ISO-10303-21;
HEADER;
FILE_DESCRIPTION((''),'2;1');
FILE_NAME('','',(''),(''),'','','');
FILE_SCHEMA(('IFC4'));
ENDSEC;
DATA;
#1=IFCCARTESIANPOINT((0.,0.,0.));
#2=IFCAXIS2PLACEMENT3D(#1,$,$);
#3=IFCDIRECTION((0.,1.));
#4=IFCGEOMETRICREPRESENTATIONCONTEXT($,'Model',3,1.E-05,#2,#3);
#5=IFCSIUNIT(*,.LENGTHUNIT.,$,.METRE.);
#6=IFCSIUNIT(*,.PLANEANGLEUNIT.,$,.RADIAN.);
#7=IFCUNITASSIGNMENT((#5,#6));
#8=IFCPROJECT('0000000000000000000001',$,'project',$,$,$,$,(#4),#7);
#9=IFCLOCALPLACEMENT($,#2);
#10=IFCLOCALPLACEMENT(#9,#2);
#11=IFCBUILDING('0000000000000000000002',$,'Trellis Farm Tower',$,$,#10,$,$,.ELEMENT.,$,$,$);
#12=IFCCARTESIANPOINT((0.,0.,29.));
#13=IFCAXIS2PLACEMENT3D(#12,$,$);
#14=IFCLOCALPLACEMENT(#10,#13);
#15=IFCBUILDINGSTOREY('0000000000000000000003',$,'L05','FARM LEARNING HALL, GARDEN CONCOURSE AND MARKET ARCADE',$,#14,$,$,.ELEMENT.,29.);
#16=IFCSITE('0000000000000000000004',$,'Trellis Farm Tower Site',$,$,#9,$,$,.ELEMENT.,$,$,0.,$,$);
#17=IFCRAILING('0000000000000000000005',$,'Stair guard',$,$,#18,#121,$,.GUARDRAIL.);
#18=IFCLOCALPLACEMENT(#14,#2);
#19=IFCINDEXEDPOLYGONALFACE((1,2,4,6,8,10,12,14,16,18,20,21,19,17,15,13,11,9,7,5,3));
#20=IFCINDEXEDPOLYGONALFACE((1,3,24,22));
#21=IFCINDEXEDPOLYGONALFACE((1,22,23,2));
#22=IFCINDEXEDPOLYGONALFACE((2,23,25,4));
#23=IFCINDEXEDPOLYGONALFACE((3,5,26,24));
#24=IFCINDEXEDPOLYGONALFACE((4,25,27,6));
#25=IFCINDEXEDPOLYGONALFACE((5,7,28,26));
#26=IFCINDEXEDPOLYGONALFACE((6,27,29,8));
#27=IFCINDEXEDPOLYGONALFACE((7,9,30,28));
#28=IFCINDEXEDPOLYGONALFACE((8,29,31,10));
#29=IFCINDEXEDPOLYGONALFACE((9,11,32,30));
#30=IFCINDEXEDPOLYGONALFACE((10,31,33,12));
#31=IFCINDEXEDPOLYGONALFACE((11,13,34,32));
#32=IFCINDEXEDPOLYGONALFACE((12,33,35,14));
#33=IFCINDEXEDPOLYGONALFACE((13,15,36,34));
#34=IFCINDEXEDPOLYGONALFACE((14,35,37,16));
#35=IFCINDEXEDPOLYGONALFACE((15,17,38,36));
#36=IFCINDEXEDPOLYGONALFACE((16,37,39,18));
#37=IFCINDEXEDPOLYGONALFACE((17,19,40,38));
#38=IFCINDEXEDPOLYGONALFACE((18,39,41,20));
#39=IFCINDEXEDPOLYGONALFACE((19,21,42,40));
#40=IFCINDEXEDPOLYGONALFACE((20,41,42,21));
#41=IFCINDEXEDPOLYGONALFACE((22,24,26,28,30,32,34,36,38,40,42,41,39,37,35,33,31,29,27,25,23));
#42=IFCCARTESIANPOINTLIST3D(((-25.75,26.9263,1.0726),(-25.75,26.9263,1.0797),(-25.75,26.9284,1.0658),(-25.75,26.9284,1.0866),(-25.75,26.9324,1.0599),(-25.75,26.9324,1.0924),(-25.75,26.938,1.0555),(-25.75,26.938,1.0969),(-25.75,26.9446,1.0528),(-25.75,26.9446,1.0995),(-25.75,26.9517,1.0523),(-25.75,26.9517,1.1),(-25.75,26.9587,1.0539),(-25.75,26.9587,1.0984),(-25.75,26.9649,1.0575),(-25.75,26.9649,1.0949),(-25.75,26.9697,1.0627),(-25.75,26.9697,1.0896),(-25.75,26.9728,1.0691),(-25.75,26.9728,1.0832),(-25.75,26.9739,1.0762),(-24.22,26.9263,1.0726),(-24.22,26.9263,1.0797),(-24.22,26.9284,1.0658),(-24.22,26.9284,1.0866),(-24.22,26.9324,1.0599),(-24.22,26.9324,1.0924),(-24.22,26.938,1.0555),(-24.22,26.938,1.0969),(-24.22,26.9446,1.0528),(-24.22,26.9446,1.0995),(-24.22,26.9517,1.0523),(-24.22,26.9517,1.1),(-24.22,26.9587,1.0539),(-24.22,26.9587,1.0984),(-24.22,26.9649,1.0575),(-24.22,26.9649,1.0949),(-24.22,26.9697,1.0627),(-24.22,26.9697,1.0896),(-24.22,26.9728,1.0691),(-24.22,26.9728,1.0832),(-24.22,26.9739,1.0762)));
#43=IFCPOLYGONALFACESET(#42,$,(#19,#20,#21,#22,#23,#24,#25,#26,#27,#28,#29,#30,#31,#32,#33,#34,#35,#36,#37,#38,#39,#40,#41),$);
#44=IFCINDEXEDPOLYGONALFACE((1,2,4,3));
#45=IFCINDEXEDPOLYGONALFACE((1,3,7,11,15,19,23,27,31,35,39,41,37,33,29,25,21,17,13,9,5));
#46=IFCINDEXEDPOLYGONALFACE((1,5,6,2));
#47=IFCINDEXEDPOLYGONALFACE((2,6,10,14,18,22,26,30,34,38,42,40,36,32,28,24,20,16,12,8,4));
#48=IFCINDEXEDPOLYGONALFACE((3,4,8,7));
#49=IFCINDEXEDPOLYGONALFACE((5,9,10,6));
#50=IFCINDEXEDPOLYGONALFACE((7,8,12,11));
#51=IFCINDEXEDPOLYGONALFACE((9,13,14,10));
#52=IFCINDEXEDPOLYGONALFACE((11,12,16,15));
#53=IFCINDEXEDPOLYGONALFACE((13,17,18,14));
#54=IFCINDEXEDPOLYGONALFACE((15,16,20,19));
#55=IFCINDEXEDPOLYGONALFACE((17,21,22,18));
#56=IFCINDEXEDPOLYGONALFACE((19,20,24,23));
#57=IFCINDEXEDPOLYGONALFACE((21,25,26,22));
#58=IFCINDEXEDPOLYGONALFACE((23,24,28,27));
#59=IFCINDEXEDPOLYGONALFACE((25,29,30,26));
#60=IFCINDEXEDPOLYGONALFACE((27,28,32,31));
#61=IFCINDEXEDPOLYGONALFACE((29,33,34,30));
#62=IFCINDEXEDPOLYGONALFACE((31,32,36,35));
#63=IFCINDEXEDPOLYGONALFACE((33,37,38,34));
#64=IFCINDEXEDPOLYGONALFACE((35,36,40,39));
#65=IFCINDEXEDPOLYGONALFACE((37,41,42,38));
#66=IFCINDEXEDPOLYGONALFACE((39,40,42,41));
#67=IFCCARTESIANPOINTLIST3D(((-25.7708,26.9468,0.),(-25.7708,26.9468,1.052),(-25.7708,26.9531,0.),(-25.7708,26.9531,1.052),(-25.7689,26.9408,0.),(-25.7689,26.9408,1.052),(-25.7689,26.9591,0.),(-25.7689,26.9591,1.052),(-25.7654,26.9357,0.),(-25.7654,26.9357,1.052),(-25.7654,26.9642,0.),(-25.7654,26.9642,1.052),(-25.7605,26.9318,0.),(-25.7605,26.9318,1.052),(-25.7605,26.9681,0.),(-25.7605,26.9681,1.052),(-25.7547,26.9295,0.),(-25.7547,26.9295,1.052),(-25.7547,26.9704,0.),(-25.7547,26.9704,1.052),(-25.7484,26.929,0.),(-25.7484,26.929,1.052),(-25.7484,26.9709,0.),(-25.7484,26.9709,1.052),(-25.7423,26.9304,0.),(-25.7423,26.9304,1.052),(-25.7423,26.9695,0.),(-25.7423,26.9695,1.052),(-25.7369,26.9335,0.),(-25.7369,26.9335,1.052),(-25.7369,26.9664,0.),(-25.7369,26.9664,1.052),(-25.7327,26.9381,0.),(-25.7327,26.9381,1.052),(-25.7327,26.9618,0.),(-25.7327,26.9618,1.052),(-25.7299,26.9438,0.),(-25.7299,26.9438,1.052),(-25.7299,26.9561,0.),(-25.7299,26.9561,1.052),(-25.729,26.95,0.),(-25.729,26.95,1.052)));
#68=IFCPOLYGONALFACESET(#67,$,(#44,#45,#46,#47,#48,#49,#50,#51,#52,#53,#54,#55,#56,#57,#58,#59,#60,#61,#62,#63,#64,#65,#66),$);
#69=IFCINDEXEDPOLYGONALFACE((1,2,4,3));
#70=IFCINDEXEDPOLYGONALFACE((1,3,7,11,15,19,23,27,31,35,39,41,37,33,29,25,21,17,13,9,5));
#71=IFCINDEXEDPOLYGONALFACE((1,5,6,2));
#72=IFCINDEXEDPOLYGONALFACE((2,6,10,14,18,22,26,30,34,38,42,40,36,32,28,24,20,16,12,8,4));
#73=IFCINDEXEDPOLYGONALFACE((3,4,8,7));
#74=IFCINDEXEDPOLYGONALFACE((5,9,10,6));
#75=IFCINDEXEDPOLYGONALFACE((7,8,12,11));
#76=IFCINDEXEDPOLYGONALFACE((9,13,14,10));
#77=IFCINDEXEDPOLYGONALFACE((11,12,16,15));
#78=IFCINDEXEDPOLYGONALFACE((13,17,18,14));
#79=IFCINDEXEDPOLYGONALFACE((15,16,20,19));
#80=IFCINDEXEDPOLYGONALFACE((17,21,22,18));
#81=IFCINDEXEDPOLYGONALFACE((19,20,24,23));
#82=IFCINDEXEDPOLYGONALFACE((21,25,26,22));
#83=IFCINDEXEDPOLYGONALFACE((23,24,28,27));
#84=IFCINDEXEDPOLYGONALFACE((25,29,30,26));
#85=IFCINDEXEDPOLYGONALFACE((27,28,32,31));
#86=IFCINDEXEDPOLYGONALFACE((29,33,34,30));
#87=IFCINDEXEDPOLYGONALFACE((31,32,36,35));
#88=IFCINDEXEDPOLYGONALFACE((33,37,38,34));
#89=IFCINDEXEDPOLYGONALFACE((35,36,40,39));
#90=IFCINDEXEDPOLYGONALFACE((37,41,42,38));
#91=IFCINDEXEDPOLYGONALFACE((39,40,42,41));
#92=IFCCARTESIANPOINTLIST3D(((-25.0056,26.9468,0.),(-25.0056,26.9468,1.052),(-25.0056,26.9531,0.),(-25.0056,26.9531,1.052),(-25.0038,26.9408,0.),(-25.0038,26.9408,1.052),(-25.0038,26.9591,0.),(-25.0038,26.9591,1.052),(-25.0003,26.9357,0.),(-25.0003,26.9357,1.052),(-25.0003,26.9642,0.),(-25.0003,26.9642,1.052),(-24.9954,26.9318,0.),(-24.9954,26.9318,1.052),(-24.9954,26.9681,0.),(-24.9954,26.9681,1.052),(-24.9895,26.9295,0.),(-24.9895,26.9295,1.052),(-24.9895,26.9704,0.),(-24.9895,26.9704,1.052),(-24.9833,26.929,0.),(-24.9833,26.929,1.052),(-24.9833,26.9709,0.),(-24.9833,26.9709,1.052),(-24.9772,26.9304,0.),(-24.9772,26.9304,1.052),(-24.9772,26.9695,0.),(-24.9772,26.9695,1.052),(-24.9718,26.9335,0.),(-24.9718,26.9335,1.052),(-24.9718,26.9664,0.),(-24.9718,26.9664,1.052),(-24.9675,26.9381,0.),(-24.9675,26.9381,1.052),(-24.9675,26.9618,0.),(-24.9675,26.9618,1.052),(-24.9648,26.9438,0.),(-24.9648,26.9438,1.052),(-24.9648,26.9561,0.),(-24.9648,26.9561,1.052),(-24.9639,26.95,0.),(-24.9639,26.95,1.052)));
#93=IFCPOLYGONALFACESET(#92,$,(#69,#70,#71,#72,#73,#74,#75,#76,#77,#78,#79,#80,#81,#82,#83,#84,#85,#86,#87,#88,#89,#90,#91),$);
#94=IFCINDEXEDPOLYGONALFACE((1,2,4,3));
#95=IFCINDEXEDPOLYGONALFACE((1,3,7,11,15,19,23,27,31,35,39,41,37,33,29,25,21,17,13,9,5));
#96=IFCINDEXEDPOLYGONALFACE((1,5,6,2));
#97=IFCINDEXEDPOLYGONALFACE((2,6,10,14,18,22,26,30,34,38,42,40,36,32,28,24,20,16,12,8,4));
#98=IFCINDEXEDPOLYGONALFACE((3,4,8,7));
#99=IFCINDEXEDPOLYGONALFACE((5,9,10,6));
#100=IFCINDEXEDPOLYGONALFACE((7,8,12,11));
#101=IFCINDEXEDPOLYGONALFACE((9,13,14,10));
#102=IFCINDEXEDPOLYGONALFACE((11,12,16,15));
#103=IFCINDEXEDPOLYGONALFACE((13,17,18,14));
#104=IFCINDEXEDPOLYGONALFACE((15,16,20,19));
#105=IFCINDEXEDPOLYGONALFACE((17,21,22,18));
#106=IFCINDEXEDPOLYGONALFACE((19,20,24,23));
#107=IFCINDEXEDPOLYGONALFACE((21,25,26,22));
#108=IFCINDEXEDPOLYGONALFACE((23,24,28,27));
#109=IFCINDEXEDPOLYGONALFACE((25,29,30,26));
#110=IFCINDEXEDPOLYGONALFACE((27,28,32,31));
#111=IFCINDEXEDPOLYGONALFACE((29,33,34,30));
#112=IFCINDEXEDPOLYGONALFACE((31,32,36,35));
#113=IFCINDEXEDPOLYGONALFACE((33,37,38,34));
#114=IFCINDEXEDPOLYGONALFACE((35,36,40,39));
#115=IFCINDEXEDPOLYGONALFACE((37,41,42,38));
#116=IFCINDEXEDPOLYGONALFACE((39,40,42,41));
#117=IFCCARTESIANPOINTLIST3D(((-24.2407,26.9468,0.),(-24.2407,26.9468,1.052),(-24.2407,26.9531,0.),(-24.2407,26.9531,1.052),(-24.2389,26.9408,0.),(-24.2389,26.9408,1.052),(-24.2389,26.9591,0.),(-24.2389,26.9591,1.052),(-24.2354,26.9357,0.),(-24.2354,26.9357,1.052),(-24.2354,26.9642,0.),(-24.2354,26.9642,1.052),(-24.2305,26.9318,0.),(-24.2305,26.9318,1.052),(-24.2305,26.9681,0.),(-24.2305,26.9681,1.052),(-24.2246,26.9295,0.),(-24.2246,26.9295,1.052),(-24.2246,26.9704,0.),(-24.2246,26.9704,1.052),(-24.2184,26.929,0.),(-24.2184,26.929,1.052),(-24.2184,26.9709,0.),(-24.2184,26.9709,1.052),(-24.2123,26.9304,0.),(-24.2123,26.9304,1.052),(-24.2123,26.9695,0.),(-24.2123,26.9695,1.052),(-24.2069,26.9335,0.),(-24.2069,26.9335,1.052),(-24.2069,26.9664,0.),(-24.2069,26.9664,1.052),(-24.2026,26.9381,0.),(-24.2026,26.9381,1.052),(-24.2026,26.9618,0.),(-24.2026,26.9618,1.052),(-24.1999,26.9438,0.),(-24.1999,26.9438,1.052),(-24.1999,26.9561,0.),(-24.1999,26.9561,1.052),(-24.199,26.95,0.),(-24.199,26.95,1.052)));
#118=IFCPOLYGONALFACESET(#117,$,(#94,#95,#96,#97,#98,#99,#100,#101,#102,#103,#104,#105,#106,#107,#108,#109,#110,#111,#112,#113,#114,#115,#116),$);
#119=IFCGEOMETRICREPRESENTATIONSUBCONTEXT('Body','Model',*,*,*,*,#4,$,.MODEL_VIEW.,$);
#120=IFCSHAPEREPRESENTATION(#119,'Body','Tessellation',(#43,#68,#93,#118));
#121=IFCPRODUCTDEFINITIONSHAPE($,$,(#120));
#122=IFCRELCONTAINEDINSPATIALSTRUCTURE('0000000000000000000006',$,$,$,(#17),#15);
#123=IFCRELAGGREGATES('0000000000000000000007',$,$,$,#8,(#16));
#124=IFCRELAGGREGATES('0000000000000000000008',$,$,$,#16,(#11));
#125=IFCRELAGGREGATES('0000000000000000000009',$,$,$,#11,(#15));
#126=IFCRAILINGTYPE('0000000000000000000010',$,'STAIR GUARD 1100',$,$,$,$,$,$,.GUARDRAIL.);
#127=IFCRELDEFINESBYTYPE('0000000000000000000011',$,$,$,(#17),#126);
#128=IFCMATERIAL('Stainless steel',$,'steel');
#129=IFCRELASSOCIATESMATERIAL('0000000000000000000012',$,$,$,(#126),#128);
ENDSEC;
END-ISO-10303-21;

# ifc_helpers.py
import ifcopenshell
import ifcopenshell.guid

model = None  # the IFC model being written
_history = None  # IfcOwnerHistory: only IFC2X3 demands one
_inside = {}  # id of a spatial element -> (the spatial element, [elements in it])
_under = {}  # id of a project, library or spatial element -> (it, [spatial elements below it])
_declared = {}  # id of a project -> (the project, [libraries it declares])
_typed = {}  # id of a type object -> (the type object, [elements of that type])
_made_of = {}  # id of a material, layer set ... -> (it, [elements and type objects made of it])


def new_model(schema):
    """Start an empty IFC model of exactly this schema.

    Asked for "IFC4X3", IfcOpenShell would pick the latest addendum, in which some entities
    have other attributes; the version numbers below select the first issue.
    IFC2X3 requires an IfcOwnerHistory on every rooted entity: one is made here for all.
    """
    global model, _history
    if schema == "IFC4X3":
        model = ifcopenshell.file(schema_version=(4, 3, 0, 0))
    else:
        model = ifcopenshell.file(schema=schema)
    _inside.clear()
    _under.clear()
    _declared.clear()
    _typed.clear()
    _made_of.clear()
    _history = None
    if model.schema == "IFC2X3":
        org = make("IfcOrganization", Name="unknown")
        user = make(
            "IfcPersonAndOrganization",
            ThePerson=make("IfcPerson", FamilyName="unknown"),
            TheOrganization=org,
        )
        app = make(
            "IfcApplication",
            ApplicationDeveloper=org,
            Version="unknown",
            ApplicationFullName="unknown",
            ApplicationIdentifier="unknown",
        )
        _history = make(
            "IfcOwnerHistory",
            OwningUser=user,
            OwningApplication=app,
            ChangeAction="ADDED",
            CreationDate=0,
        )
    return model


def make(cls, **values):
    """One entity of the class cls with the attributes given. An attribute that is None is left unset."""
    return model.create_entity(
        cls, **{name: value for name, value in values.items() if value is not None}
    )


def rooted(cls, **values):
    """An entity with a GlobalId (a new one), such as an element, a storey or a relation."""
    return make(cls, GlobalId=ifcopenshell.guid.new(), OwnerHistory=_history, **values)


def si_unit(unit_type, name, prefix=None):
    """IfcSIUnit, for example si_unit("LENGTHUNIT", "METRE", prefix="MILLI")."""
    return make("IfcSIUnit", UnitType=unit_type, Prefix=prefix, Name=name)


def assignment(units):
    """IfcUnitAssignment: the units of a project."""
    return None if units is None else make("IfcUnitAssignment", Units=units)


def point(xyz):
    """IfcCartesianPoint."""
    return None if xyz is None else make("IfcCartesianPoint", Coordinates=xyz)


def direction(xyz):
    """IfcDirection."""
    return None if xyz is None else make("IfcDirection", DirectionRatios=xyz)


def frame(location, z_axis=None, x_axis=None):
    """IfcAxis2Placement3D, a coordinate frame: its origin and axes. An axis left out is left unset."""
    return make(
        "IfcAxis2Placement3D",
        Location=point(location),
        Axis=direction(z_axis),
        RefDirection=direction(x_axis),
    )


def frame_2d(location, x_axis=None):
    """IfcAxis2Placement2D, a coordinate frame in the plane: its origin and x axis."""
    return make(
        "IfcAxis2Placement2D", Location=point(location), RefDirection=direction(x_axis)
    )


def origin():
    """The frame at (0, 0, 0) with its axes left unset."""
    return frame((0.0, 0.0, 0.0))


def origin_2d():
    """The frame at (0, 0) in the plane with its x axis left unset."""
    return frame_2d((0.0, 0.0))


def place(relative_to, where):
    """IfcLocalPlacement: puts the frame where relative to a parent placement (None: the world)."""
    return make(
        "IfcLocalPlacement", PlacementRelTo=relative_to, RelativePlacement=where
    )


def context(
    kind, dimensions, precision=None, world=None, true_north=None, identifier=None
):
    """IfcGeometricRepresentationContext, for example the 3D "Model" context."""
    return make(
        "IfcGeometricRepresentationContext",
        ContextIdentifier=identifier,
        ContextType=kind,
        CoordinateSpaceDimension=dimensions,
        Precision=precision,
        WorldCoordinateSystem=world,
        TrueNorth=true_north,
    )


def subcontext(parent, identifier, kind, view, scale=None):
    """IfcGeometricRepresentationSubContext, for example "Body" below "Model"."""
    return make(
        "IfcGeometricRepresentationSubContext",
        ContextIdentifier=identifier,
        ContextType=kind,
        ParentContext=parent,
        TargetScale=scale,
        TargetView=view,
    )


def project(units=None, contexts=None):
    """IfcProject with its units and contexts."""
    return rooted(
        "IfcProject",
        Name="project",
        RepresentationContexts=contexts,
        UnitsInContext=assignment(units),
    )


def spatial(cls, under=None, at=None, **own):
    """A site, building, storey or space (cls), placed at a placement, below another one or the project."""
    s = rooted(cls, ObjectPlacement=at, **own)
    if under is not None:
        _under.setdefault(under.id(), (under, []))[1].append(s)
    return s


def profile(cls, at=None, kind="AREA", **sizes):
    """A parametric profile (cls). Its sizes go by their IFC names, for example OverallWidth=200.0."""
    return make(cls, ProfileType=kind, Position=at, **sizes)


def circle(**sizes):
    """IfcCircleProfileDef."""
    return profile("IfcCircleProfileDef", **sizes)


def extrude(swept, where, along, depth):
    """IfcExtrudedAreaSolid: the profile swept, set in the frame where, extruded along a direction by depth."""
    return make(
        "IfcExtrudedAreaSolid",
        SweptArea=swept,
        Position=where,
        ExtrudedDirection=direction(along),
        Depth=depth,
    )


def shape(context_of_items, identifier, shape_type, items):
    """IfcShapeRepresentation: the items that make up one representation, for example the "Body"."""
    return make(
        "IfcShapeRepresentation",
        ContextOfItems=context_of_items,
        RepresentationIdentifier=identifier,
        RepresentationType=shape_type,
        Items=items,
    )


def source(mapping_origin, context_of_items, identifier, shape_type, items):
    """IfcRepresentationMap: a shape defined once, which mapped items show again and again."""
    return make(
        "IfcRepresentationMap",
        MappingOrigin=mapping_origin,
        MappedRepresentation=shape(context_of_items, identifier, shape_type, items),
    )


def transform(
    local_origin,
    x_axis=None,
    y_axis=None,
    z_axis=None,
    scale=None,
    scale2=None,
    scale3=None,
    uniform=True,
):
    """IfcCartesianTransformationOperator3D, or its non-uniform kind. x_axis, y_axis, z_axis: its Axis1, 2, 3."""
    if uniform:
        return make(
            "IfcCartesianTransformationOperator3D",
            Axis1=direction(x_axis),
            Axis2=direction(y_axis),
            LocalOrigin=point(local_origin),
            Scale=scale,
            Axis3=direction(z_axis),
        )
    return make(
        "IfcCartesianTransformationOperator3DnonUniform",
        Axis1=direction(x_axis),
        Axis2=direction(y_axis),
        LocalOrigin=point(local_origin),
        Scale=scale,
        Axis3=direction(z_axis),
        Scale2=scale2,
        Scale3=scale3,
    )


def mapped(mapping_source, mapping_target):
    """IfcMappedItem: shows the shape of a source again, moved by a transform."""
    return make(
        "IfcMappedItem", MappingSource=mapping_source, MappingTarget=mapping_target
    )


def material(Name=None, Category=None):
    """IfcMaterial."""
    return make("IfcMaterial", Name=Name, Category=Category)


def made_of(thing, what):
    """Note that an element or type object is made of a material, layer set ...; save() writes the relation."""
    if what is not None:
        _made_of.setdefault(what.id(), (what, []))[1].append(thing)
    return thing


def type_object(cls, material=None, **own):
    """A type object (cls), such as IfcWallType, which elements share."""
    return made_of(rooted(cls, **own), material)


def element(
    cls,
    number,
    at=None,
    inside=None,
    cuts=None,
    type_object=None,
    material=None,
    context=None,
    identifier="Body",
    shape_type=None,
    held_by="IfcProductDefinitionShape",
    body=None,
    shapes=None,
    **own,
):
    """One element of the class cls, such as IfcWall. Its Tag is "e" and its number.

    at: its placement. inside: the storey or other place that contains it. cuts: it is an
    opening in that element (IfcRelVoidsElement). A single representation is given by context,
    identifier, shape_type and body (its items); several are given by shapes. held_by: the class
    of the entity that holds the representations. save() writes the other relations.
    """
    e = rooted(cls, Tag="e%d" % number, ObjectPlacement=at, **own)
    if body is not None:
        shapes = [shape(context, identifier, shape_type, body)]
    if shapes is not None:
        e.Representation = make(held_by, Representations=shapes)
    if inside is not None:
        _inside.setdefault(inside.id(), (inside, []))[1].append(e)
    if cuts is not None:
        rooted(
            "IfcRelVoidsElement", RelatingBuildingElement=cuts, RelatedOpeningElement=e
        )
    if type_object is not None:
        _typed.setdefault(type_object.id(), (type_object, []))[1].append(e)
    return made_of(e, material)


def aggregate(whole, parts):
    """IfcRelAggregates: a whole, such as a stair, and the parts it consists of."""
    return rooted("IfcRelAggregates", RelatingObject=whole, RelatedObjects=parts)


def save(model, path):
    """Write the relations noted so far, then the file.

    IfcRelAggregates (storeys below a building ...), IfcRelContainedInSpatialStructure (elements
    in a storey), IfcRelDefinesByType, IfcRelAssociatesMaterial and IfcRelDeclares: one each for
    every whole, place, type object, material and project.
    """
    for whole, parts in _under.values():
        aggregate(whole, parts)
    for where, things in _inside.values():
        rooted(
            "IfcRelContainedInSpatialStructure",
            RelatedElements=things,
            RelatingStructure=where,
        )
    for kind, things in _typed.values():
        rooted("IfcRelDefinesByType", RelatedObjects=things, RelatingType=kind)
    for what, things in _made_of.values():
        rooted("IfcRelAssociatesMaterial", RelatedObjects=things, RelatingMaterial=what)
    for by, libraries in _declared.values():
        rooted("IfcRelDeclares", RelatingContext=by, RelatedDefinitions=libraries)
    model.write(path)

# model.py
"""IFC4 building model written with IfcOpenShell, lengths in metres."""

from ifc_helpers import new_model, si_unit, direction, frame, origin, origin_2d, place, context, subcontext, project, spatial, circle, extrude, source, transform, mapped, material, type_object, element, save


model = new_model("IFC4")

# Units and contexts
model_context = context("Model", 3, precision=1e-05, world=origin(), true_north=direction((0.0, 1.0)))
body_context = subcontext(model_context, "Body", "Model", "MODEL_VIEW")
ifc_project = project(units=[si_unit("LENGTHUNIT", "METRE"), si_unit("PLANEANGLEUNIT", "RADIAN")], contexts=[model_context])

# Site, building, storey
site_placement = place(None, origin())
site = spatial("IfcSite", under=ifc_project, at=site_placement, Name="Trellis Farm Tower Site", CompositionType="ELEMENT", RefElevation=0.0)
building_placement = place(site_placement, origin())
building = spatial("IfcBuilding", under=site, at=building_placement, Name="Trellis Farm Tower", CompositionType="ELEMENT")
storey_placement = place(building_placement, frame((0.0, 0.0, 29.0)))
storey = spatial("IfcBuildingStorey", under=building, at=storey_placement, Name="L05", Description="FARM LEARNING HALL, GARDEN CONCOURSE AND MARKET ARCADE", CompositionType="ELEMENT", Elevation=29.0)

# Railing
ifc_material_1 = material(Name="Stainless steel", Category="steel")
railing_type = type_object("IfcRailingType", Name="STAIR GUARD 1100", PredefinedType="GUARDRAIL", material=ifc_material_1)
shared_shape_1 = source(origin(), body_context, "Body", "SweptSolid", [
    extrude(circle(Radius=0.0239, at=origin_2d()), frame((0.0, 0.0, 1.0762), z_axis=(1.0, 0.0, 0.0), x_axis=(0.0, 1.0, 0.0)), (0.0, 0.0, 1.0), 1.53),
    extrude(circle(Radius=0.021, at=origin_2d()), origin(), (0.0, 0.0, 1.0), 1.052),
    extrude(circle(Radius=0.021, at=origin_2d()), frame((0.7651, 0.0, 0.0)), (0.0, 0.0, 1.0), 1.052),
    extrude(circle(Radius=0.021, at=origin_2d()), frame((1.53, 0.0, 0.0)), (0.0, 0.0, 1.0), 1.052),
])
railing_placement = place(storey_placement, frame((-25.75, 26.95, 0.0)))
element("IfcRailing", 1, at=railing_placement, inside=storey, type_object=railing_type, Name="Stair guard", PredefinedType="GUARDRAIL", context=body_context, shape_type="MappedRepresentation", body=[
    mapped(shared_shape_1, transform((0.0, 0.0, 0.0))),
])

save(model, "model.ifc")
